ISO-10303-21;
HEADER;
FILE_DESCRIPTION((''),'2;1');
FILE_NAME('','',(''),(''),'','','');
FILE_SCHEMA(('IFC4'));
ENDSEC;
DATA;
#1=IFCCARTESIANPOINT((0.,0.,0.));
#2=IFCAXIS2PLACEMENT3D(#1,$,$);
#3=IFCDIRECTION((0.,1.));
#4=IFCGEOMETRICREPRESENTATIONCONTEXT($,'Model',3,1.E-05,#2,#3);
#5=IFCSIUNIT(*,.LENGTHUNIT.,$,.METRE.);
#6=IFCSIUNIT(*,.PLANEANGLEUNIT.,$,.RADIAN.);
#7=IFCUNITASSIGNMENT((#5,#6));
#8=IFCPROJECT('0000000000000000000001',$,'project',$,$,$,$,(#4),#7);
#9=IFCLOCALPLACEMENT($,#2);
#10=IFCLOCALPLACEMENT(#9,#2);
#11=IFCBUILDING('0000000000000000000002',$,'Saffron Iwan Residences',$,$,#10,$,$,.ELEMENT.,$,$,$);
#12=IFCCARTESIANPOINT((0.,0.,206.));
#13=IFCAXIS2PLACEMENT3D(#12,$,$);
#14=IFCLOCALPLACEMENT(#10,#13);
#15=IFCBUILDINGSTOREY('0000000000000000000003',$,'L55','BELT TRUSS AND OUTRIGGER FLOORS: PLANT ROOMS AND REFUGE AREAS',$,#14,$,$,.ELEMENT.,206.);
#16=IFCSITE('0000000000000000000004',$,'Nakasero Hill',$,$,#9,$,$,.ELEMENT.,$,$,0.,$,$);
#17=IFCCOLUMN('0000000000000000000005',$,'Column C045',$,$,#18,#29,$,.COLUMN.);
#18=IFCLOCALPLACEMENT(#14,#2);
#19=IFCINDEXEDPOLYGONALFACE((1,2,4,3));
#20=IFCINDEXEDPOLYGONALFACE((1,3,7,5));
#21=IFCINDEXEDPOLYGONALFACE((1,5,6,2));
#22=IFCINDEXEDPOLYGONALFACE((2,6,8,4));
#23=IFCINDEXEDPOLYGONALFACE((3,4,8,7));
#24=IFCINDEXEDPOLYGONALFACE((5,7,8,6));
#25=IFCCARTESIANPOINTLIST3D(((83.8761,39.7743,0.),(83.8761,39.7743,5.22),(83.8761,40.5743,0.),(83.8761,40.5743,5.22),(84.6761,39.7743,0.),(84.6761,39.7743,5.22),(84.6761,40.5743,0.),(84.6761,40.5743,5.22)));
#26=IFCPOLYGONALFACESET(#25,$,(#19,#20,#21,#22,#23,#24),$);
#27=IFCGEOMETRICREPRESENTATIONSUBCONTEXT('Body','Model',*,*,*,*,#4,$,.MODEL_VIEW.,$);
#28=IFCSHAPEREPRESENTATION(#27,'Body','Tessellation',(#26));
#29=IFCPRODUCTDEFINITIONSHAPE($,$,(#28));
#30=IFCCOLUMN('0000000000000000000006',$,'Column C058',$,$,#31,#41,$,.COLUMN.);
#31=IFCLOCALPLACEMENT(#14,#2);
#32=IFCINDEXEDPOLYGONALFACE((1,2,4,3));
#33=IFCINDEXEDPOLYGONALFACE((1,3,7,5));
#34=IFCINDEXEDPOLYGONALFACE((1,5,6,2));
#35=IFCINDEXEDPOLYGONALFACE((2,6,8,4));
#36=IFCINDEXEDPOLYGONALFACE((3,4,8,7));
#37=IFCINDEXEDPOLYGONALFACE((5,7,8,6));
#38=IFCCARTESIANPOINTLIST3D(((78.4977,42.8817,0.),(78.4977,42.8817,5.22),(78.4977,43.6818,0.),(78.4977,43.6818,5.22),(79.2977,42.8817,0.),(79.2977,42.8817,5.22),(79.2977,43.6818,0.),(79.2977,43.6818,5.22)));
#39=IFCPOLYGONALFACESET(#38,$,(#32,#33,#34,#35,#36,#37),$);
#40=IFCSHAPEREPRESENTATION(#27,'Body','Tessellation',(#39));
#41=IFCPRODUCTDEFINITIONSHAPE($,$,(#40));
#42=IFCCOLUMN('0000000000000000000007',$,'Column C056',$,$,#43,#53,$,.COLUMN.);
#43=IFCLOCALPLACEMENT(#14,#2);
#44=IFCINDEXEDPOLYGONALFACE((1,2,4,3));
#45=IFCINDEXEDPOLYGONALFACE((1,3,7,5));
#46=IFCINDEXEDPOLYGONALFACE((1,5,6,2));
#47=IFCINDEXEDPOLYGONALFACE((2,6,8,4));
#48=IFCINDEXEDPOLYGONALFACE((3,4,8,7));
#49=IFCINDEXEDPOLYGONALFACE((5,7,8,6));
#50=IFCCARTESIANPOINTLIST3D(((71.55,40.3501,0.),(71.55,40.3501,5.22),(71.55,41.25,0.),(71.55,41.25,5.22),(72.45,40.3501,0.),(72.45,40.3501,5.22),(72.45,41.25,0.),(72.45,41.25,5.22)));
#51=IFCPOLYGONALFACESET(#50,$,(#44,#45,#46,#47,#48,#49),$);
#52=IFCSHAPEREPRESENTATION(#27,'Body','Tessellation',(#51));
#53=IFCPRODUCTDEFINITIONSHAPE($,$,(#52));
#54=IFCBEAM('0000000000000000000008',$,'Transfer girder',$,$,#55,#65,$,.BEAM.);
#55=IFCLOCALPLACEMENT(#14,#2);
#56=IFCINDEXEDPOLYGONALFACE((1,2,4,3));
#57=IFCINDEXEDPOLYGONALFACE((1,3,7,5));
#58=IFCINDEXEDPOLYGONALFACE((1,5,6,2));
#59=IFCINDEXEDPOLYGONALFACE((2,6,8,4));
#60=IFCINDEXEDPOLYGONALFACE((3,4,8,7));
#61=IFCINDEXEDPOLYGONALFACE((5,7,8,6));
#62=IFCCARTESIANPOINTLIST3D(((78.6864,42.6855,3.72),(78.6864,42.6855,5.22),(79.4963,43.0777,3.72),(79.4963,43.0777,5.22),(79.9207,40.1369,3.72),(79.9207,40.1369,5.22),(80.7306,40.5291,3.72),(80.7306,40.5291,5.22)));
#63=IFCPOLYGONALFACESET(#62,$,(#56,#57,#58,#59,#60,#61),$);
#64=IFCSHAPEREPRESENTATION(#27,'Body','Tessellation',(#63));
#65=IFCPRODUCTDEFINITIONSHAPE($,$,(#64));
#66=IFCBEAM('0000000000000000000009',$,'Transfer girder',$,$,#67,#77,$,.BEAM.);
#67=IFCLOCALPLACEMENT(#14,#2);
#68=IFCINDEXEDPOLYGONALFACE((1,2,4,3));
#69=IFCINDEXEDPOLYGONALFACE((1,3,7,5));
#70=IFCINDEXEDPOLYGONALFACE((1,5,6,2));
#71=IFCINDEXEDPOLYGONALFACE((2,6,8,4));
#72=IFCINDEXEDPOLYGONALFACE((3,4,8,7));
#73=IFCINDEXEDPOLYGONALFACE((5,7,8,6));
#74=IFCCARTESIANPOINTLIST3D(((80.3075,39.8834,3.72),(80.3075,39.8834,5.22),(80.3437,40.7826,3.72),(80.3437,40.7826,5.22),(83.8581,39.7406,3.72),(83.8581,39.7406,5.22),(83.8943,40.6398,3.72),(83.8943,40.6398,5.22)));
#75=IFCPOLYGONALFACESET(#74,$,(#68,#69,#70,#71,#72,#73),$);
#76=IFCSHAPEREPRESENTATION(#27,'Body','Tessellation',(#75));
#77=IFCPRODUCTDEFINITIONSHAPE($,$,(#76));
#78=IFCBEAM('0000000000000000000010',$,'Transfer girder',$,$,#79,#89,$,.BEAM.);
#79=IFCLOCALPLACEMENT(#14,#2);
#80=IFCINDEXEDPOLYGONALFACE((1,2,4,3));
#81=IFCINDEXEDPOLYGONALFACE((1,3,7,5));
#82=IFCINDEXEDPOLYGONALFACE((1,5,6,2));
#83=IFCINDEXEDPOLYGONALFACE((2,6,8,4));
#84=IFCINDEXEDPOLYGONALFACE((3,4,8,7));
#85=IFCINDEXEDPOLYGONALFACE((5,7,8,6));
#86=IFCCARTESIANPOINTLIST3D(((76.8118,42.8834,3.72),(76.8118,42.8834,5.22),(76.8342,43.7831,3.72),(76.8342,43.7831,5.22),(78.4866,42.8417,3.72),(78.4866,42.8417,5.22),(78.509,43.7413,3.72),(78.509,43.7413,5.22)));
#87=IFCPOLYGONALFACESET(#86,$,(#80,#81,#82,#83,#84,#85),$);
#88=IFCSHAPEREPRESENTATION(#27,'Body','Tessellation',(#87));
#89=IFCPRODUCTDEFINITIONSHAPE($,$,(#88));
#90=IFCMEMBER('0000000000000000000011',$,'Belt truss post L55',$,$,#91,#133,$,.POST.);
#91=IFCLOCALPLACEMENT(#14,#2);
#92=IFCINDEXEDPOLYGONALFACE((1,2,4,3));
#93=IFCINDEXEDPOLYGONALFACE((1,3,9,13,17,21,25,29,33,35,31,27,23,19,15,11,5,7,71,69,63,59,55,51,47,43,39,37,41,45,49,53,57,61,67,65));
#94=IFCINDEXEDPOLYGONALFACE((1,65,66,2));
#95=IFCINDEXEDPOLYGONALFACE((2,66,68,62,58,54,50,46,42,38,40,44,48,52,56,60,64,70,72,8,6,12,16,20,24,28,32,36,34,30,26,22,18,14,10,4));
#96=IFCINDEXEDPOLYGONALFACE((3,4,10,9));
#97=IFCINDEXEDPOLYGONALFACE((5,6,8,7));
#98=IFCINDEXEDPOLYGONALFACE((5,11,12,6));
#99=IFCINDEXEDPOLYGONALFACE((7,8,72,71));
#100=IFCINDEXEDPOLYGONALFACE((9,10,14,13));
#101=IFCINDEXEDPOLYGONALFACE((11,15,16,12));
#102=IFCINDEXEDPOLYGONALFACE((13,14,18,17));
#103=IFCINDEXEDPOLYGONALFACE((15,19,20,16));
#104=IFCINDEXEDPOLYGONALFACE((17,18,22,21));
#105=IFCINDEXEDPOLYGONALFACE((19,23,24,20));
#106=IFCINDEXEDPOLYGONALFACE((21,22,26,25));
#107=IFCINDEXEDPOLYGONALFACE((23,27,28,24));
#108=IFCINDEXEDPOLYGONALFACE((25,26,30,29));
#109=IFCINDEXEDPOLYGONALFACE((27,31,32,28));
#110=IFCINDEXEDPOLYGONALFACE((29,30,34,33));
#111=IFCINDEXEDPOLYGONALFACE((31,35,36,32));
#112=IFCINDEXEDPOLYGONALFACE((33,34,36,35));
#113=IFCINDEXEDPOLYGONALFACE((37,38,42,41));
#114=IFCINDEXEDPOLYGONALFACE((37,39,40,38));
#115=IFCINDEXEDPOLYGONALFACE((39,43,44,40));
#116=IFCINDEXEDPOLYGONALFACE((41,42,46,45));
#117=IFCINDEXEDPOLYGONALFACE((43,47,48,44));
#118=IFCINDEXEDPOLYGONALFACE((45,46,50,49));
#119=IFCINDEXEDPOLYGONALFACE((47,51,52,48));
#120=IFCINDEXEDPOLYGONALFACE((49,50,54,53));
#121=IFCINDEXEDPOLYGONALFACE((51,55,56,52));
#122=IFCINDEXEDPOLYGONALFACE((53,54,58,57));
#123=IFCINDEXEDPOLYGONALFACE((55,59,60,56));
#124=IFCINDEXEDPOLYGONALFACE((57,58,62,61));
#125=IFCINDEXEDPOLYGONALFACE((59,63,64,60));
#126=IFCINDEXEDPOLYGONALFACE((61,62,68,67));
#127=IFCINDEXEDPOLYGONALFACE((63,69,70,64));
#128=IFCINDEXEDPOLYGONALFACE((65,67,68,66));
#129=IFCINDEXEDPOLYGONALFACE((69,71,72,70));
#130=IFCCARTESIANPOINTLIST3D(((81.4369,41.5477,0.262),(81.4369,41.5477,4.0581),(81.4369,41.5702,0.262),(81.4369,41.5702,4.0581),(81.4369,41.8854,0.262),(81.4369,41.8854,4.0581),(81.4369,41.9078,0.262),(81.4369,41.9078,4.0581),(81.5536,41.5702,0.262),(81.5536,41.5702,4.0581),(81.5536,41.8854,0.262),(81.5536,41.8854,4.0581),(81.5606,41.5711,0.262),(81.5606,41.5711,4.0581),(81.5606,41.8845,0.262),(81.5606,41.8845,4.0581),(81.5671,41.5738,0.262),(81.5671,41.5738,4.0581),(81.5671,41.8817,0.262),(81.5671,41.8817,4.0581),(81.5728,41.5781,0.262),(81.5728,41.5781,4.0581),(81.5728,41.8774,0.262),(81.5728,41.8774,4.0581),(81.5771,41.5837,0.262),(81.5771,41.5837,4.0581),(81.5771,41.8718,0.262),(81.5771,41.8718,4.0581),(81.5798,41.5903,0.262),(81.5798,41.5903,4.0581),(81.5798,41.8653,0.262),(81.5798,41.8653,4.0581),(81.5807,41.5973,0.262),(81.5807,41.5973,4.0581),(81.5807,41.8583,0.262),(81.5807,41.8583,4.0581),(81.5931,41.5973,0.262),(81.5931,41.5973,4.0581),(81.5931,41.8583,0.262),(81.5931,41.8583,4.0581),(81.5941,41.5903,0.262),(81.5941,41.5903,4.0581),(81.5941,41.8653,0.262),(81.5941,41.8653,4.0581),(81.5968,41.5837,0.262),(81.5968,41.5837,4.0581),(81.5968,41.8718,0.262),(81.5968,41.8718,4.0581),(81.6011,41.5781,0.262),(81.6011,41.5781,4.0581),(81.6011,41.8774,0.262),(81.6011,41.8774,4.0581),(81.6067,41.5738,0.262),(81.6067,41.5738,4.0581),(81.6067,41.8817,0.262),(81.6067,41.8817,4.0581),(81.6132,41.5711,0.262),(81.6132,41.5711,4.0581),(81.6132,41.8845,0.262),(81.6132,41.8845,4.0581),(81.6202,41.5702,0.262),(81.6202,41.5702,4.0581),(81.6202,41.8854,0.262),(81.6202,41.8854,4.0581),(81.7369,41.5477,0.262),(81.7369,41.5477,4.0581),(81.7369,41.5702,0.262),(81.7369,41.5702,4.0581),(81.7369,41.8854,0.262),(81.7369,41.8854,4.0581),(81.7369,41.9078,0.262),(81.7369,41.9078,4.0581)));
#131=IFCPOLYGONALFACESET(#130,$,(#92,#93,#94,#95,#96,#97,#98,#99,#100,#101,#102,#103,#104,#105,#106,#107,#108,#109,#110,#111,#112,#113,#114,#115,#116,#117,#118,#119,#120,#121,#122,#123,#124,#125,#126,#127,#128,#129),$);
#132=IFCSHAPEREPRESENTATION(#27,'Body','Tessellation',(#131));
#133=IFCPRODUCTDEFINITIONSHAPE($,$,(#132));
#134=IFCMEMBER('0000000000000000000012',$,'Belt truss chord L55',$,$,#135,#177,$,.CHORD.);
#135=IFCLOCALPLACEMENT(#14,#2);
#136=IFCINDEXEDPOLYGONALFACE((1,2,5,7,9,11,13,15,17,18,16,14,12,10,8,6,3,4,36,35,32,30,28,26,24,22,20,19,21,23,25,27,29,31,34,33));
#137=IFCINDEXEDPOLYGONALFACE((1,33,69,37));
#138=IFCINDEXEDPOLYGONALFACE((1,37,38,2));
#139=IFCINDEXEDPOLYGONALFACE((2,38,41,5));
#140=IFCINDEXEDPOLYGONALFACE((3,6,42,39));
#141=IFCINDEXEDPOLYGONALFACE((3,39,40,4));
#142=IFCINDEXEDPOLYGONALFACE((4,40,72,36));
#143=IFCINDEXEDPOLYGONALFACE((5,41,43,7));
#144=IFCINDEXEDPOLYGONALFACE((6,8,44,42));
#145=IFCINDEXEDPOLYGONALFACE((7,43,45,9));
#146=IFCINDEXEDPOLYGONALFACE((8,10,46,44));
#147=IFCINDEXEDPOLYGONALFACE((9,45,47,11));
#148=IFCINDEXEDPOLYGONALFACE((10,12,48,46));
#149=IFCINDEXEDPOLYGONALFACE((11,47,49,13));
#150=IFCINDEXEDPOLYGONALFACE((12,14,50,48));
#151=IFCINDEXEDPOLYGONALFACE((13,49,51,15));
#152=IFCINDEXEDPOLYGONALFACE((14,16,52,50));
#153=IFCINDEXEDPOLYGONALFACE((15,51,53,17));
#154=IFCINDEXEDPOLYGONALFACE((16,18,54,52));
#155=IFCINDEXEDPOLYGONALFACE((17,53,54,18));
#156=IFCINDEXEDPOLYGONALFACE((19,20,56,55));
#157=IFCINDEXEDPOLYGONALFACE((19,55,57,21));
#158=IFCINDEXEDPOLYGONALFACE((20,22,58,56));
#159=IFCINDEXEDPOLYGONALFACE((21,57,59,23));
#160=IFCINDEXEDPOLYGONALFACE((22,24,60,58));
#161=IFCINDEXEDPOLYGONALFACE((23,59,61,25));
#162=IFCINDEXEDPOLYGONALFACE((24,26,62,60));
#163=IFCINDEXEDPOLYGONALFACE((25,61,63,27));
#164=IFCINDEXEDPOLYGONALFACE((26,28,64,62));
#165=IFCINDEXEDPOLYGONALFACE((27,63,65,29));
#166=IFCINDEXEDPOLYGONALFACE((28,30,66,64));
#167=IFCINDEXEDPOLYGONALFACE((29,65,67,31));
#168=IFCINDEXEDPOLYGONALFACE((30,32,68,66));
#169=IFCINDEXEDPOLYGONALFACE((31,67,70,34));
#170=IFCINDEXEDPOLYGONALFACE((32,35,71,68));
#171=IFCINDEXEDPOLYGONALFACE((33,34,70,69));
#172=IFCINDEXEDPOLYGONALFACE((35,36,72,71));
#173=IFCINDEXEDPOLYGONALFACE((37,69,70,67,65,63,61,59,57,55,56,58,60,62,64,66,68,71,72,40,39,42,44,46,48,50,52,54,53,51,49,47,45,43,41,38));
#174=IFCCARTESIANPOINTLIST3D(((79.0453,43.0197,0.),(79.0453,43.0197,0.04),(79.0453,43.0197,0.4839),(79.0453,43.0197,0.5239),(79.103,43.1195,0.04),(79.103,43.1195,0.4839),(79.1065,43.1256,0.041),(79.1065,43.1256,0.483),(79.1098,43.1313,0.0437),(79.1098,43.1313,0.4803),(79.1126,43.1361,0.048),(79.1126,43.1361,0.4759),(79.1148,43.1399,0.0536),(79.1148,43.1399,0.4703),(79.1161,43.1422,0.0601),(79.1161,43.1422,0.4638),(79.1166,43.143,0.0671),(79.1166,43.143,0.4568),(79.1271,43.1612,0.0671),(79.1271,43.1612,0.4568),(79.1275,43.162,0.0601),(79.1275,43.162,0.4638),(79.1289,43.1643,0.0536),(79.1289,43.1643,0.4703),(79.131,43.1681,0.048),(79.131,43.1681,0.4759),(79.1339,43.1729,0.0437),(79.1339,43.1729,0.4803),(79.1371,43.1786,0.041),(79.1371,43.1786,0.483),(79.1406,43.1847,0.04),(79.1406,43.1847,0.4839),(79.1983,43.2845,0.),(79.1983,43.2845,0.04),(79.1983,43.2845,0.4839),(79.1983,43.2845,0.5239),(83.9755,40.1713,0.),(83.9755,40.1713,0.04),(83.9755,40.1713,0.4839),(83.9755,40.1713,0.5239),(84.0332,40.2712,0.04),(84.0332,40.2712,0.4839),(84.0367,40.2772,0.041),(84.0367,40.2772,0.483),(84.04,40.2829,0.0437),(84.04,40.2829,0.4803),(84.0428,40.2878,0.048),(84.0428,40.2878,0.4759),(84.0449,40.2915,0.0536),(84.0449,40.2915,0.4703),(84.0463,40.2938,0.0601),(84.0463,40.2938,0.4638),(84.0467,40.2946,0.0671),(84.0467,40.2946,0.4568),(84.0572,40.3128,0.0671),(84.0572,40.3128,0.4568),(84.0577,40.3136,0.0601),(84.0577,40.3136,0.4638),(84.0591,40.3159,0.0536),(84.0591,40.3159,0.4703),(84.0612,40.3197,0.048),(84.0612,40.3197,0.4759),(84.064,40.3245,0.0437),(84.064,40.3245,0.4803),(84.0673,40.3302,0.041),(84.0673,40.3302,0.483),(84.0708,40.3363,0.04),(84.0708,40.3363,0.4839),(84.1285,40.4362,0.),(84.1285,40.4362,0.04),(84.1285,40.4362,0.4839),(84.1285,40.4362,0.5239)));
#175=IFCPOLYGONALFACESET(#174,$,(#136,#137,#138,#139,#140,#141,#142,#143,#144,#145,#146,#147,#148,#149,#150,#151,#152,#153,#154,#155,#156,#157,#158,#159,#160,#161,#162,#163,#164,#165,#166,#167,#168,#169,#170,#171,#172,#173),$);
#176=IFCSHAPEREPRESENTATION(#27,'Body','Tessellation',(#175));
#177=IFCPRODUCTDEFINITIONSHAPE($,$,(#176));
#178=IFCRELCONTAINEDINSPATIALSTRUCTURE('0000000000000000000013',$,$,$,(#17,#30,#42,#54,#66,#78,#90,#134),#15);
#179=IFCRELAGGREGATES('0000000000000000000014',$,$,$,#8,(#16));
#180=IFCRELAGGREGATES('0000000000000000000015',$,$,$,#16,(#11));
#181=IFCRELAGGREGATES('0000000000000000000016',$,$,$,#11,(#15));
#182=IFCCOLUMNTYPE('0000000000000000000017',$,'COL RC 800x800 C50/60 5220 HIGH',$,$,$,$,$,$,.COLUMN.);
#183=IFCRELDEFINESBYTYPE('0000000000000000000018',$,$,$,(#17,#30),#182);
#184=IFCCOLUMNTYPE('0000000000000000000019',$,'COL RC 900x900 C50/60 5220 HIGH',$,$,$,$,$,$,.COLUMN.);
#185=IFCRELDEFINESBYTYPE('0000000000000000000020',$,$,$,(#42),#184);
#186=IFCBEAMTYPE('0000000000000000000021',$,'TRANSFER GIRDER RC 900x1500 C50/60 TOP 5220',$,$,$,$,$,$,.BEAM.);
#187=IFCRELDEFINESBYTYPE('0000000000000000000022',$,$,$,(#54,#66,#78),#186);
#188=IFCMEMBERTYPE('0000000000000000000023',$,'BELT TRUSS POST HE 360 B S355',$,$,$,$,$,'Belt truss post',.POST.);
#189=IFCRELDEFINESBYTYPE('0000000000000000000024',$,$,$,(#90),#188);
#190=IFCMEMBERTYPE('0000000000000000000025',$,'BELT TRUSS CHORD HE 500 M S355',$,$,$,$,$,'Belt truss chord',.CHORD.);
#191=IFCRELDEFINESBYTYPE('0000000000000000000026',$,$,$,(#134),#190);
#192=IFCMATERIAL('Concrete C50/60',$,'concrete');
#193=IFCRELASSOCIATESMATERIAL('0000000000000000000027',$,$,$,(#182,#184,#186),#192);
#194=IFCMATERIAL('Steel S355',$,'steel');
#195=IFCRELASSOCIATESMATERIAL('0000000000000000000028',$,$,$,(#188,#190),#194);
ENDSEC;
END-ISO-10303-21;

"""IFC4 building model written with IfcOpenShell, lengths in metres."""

from ifc_helpers import new_model, si_unit, direction, frame, origin, origin_2d, place, context, subcontext, project, spatial, rectangle, i_section, extrude, source, transform, mapped, material, material_profile, profile_set, type_object, element, save


model = new_model("IFC4")

# Units and contexts
model_context = context("Model", 3, precision=1e-05, world=origin(), true_north=direction((0.0, 1.0)))
body_context = subcontext(model_context, "Body", "Model", "MODEL_VIEW")
ifc_project = project(units=[si_unit("LENGTHUNIT", "METRE"), si_unit("PLANEANGLEUNIT", "RADIAN")], contexts=[model_context])

# Site, building, storey
site_placement = place(None, origin())
site = spatial("IfcSite", under=ifc_project, at=site_placement, Name="Nakasero Hill", CompositionType="ELEMENT", RefElevation=0.0)
building_placement = place(site_placement, origin())
building = spatial("IfcBuilding", under=site, at=building_placement, Name="Saffron Iwan Residences", CompositionType="ELEMENT")
storey_placement = place(building_placement, frame((0.0, 0.0, 206.0)))
storey = spatial("IfcBuildingStorey", under=building, at=storey_placement, Name="L55", Description="BELT TRUSS AND OUTRIGGER FLOORS: PLANT ROOMS AND REFUGE AREAS", CompositionType="ELEMENT", Elevation=206.0)

# Columns
ifc_material_1 = material(Name="Concrete C50/60", Category="concrete")
ifc_material_profile_1 = material_profile(ifc_material_1, rectangle(XDim=0.8, YDim=0.8, at=origin_2d()), Name="RC 800x800")
ifc_profile_set_1 = profile_set([ifc_material_profile_1], Name="Concrete C50/60")
column_type_1 = type_object("IfcColumnType", Name="COL RC 800x800 C50/60 5220 HIGH", PredefinedType="COLUMN", material=ifc_profile_set_1)
shared_shape_1 = source(origin(), body_context, "Body", "SweptSolid", [
    extrude(rectangle(XDim=0.8, YDim=0.8, at=origin_2d()), origin(), (0.0, 0.0, 1.0), 5.22),
])
for number, where, z_axis, x_axis, name in (
    (1, (84.2761, 40.1743, 0.0), (0.0, 0.0, 1.0), (1.0, 0.0, 0.0), "Column C045"),
    (2, (78.8977, 43.2817, 0.0), (0.0, 0.0, 1.0), (1.0, 0.0, 0.0), "Column C058"),
):
    element("IfcColumn", number, at=place(storey_placement, frame(where, z_axis=z_axis, x_axis=x_axis)), inside=storey, type_object=column_type_1, Name=name, PredefinedType="COLUMN", context=body_context, shape_type="MappedRepresentation", body=[
        mapped(shared_shape_1, transform((0.0, 0.0, 0.0))),
    ])
ifc_material_profile_2 = material_profile(ifc_material_1, rectangle(XDim=0.8999, YDim=0.8999, at=origin_2d()), Name="RC 900x900")
ifc_profile_set_2 = profile_set([ifc_material_profile_2], Name="Concrete C50/60")
column_type_2 = type_object("IfcColumnType", Name="COL RC 900x900 C50/60 5220 HIGH", PredefinedType="COLUMN", material=ifc_profile_set_2)
shared_shape_2 = source(origin(), body_context, "Body", "SweptSolid", [
    extrude(rectangle(XDim=0.8999, YDim=0.8999, at=origin_2d()), origin(), (0.0, 0.0, 1.0), 5.22),
])
column_placement = place(storey_placement, frame((72.0, 40.8, 0.0), z_axis=(0.0, 0.0, 1.0), x_axis=(1.0, 0.0, 0.0)))
element("IfcColumn", 3, at=column_placement, inside=storey, type_object=column_type_2, Name="Column C056", PredefinedType="COLUMN", context=body_context, shape_type="MappedRepresentation", body=[
    mapped(shared_shape_2, transform((0.0, 0.0, 0.0))),
])

# Beams
ifc_material_profile_3 = material_profile(ifc_material_1, rectangle(XDim=0.8999, YDim=1.5, at=origin_2d()), Name="RC 900x1500")
ifc_profile_set_3 = profile_set([ifc_material_profile_3], Name="Concrete C50/60")
beam_type = type_object("IfcBeamType", Name="TRANSFER GIRDER RC 900x1500 C50/60 TOP 5220", PredefinedType="BEAM", material=ifc_profile_set_3)
shared_shape_3 = source(origin(), body_context, "Body", "SweptSolid", [
    extrude(rectangle(XDim=0.8999, YDim=1.5, at=origin_2d()), origin(), (0.0, 0.0, 1.0), 2.8318),
])
beam_1_placement = place(storey_placement, frame((79.0913, 42.8816, 4.47), z_axis=(0.435901, -0.899995, 0.0), x_axis=(0.899995, 0.435901, 0.0)))
element("IfcBeam", 4, at=beam_1_placement, inside=storey, type_object=beam_type, Name="Transfer girder", PredefinedType="BEAM", context=body_context, shape_type="MappedRepresentation", body=[
    mapped(shared_shape_3, transform((0.0, 0.0, 0.0))),
])
shared_shape_4 = source(origin(), body_context, "Body", "SweptSolid", [
    extrude(rectangle(XDim=0.8999, YDim=1.5, at=origin_2d()), origin(), (0.0, 0.0, 1.0), 3.5535),
])
beam_2_placement = place(storey_placement, frame((83.8762, 40.1902, 4.47), z_axis=(-0.999192, 0.040193, 0.0), x_axis=(-0.040193, -0.999192, 0.0)))
element("IfcBeam", 5, at=beam_2_placement, inside=storey, type_object=beam_type, Name="Transfer girder", PredefinedType="BEAM", context=body_context, shape_type="MappedRepresentation", body=[
    mapped(shared_shape_4, transform((0.0, 0.0, 0.0))),
])
shared_shape_5 = source(origin(), body_context, "Body", "SweptSolid", [
    extrude(rectangle(XDim=0.8999, YDim=1.5, at=origin_2d()), origin(), (0.0, 0.0, 1.0), 1.6753),
])
beam_3_placement = place(storey_placement, frame((78.4978, 43.2915, 4.47), z_axis=(-0.999689, 0.024919, 0.0), x_axis=(-0.024919, -0.999689, 0.0)))
element("IfcBeam", 6, at=beam_3_placement, inside=storey, type_object=beam_type, Name="Transfer girder", PredefinedType="BEAM", context=body_context, shape_type="MappedRepresentation", body=[
    mapped(shared_shape_5, transform((0.0, 0.0, 0.0))),
])

# Members
ifc_material_2 = material(Name="Steel S355", Category="steel")
ifc_material_profile_4 = material_profile(ifc_material_2, i_section(OverallWidth=0.3, OverallDepth=0.3601, WebThickness=0.0125, FlangeThickness=0.0225, FilletRadius=0.0271, at=origin_2d()), Name="HE 360 B")
ifc_profile_set_4 = profile_set([ifc_material_profile_4], Name="Steel S355")
member_type_1 = type_object("IfcMemberType", Name="BELT TRUSS POST HE 360 B S355", ElementType="Belt truss post", PredefinedType="POST", material=ifc_profile_set_4)
shared_shape_6 = source(origin(), body_context, "Body", "SweptSolid", [
    extrude(i_section(OverallWidth=0.3, OverallDepth=0.3601, WebThickness=0.0125, FlangeThickness=0.0225, FilletRadius=0.0271, at=origin_2d()), origin(), (0.0, 0.0, 1.0), 3.7961),
])
member_1_placement = place(storey_placement, frame((81.5869, 41.7278, 0.262), z_axis=(0.0, 0.0, 1.0), x_axis=(1.0, 0.0, 0.0)))
element("IfcMember", 7, at=member_1_placement, inside=storey, type_object=member_type_1, Name="Belt truss post L55", PredefinedType="POST", context=body_context, shape_type="MappedRepresentation", body=[
    mapped(shared_shape_6, transform((0.0, 0.0, 0.0))),
])
ifc_material_profile_5 = material_profile(ifc_material_2, i_section(OverallWidth=0.3059, OverallDepth=0.5239, WebThickness=0.021, FlangeThickness=0.04, FilletRadius=0.0271, at=origin_2d()), Name="HE 500 M")
ifc_profile_set_5 = profile_set([ifc_material_profile_5], Name="Steel S355")
member_type_2 = type_object("IfcMemberType", Name="BELT TRUSS CHORD HE 500 M S355", ElementType="Belt truss chord", PredefinedType="CHORD", material=ifc_profile_set_5)
shared_shape_7 = source(origin(), body_context, "Body", "SweptSolid", [
    extrude(i_section(OverallWidth=0.3059, OverallDepth=0.5239, WebThickness=0.021, FlangeThickness=0.04, FilletRadius=0.0271, at=origin_2d()), origin(), (0.0, 0.0, 1.0), 5.6938),
])
for number, where, z_axis, x_axis, name in (
    (8, (79.1218, 43.1521, 0.262), (0.865877, -0.500257, 0.0), (0.500257, 0.865877, 0.0), "Belt truss chord L55"),
):
    element("IfcMember", number, at=place(storey_placement, frame(where, z_axis=z_axis, x_axis=x_axis)), inside=storey, type_object=member_type_2, Name=name, PredefinedType="CHORD", context=body_context, shape_type="MappedRepresentation", body=[
        mapped(shared_shape_7, transform((0.0, 0.0, 0.0))),
    ])

save(model, "model.ifc")
